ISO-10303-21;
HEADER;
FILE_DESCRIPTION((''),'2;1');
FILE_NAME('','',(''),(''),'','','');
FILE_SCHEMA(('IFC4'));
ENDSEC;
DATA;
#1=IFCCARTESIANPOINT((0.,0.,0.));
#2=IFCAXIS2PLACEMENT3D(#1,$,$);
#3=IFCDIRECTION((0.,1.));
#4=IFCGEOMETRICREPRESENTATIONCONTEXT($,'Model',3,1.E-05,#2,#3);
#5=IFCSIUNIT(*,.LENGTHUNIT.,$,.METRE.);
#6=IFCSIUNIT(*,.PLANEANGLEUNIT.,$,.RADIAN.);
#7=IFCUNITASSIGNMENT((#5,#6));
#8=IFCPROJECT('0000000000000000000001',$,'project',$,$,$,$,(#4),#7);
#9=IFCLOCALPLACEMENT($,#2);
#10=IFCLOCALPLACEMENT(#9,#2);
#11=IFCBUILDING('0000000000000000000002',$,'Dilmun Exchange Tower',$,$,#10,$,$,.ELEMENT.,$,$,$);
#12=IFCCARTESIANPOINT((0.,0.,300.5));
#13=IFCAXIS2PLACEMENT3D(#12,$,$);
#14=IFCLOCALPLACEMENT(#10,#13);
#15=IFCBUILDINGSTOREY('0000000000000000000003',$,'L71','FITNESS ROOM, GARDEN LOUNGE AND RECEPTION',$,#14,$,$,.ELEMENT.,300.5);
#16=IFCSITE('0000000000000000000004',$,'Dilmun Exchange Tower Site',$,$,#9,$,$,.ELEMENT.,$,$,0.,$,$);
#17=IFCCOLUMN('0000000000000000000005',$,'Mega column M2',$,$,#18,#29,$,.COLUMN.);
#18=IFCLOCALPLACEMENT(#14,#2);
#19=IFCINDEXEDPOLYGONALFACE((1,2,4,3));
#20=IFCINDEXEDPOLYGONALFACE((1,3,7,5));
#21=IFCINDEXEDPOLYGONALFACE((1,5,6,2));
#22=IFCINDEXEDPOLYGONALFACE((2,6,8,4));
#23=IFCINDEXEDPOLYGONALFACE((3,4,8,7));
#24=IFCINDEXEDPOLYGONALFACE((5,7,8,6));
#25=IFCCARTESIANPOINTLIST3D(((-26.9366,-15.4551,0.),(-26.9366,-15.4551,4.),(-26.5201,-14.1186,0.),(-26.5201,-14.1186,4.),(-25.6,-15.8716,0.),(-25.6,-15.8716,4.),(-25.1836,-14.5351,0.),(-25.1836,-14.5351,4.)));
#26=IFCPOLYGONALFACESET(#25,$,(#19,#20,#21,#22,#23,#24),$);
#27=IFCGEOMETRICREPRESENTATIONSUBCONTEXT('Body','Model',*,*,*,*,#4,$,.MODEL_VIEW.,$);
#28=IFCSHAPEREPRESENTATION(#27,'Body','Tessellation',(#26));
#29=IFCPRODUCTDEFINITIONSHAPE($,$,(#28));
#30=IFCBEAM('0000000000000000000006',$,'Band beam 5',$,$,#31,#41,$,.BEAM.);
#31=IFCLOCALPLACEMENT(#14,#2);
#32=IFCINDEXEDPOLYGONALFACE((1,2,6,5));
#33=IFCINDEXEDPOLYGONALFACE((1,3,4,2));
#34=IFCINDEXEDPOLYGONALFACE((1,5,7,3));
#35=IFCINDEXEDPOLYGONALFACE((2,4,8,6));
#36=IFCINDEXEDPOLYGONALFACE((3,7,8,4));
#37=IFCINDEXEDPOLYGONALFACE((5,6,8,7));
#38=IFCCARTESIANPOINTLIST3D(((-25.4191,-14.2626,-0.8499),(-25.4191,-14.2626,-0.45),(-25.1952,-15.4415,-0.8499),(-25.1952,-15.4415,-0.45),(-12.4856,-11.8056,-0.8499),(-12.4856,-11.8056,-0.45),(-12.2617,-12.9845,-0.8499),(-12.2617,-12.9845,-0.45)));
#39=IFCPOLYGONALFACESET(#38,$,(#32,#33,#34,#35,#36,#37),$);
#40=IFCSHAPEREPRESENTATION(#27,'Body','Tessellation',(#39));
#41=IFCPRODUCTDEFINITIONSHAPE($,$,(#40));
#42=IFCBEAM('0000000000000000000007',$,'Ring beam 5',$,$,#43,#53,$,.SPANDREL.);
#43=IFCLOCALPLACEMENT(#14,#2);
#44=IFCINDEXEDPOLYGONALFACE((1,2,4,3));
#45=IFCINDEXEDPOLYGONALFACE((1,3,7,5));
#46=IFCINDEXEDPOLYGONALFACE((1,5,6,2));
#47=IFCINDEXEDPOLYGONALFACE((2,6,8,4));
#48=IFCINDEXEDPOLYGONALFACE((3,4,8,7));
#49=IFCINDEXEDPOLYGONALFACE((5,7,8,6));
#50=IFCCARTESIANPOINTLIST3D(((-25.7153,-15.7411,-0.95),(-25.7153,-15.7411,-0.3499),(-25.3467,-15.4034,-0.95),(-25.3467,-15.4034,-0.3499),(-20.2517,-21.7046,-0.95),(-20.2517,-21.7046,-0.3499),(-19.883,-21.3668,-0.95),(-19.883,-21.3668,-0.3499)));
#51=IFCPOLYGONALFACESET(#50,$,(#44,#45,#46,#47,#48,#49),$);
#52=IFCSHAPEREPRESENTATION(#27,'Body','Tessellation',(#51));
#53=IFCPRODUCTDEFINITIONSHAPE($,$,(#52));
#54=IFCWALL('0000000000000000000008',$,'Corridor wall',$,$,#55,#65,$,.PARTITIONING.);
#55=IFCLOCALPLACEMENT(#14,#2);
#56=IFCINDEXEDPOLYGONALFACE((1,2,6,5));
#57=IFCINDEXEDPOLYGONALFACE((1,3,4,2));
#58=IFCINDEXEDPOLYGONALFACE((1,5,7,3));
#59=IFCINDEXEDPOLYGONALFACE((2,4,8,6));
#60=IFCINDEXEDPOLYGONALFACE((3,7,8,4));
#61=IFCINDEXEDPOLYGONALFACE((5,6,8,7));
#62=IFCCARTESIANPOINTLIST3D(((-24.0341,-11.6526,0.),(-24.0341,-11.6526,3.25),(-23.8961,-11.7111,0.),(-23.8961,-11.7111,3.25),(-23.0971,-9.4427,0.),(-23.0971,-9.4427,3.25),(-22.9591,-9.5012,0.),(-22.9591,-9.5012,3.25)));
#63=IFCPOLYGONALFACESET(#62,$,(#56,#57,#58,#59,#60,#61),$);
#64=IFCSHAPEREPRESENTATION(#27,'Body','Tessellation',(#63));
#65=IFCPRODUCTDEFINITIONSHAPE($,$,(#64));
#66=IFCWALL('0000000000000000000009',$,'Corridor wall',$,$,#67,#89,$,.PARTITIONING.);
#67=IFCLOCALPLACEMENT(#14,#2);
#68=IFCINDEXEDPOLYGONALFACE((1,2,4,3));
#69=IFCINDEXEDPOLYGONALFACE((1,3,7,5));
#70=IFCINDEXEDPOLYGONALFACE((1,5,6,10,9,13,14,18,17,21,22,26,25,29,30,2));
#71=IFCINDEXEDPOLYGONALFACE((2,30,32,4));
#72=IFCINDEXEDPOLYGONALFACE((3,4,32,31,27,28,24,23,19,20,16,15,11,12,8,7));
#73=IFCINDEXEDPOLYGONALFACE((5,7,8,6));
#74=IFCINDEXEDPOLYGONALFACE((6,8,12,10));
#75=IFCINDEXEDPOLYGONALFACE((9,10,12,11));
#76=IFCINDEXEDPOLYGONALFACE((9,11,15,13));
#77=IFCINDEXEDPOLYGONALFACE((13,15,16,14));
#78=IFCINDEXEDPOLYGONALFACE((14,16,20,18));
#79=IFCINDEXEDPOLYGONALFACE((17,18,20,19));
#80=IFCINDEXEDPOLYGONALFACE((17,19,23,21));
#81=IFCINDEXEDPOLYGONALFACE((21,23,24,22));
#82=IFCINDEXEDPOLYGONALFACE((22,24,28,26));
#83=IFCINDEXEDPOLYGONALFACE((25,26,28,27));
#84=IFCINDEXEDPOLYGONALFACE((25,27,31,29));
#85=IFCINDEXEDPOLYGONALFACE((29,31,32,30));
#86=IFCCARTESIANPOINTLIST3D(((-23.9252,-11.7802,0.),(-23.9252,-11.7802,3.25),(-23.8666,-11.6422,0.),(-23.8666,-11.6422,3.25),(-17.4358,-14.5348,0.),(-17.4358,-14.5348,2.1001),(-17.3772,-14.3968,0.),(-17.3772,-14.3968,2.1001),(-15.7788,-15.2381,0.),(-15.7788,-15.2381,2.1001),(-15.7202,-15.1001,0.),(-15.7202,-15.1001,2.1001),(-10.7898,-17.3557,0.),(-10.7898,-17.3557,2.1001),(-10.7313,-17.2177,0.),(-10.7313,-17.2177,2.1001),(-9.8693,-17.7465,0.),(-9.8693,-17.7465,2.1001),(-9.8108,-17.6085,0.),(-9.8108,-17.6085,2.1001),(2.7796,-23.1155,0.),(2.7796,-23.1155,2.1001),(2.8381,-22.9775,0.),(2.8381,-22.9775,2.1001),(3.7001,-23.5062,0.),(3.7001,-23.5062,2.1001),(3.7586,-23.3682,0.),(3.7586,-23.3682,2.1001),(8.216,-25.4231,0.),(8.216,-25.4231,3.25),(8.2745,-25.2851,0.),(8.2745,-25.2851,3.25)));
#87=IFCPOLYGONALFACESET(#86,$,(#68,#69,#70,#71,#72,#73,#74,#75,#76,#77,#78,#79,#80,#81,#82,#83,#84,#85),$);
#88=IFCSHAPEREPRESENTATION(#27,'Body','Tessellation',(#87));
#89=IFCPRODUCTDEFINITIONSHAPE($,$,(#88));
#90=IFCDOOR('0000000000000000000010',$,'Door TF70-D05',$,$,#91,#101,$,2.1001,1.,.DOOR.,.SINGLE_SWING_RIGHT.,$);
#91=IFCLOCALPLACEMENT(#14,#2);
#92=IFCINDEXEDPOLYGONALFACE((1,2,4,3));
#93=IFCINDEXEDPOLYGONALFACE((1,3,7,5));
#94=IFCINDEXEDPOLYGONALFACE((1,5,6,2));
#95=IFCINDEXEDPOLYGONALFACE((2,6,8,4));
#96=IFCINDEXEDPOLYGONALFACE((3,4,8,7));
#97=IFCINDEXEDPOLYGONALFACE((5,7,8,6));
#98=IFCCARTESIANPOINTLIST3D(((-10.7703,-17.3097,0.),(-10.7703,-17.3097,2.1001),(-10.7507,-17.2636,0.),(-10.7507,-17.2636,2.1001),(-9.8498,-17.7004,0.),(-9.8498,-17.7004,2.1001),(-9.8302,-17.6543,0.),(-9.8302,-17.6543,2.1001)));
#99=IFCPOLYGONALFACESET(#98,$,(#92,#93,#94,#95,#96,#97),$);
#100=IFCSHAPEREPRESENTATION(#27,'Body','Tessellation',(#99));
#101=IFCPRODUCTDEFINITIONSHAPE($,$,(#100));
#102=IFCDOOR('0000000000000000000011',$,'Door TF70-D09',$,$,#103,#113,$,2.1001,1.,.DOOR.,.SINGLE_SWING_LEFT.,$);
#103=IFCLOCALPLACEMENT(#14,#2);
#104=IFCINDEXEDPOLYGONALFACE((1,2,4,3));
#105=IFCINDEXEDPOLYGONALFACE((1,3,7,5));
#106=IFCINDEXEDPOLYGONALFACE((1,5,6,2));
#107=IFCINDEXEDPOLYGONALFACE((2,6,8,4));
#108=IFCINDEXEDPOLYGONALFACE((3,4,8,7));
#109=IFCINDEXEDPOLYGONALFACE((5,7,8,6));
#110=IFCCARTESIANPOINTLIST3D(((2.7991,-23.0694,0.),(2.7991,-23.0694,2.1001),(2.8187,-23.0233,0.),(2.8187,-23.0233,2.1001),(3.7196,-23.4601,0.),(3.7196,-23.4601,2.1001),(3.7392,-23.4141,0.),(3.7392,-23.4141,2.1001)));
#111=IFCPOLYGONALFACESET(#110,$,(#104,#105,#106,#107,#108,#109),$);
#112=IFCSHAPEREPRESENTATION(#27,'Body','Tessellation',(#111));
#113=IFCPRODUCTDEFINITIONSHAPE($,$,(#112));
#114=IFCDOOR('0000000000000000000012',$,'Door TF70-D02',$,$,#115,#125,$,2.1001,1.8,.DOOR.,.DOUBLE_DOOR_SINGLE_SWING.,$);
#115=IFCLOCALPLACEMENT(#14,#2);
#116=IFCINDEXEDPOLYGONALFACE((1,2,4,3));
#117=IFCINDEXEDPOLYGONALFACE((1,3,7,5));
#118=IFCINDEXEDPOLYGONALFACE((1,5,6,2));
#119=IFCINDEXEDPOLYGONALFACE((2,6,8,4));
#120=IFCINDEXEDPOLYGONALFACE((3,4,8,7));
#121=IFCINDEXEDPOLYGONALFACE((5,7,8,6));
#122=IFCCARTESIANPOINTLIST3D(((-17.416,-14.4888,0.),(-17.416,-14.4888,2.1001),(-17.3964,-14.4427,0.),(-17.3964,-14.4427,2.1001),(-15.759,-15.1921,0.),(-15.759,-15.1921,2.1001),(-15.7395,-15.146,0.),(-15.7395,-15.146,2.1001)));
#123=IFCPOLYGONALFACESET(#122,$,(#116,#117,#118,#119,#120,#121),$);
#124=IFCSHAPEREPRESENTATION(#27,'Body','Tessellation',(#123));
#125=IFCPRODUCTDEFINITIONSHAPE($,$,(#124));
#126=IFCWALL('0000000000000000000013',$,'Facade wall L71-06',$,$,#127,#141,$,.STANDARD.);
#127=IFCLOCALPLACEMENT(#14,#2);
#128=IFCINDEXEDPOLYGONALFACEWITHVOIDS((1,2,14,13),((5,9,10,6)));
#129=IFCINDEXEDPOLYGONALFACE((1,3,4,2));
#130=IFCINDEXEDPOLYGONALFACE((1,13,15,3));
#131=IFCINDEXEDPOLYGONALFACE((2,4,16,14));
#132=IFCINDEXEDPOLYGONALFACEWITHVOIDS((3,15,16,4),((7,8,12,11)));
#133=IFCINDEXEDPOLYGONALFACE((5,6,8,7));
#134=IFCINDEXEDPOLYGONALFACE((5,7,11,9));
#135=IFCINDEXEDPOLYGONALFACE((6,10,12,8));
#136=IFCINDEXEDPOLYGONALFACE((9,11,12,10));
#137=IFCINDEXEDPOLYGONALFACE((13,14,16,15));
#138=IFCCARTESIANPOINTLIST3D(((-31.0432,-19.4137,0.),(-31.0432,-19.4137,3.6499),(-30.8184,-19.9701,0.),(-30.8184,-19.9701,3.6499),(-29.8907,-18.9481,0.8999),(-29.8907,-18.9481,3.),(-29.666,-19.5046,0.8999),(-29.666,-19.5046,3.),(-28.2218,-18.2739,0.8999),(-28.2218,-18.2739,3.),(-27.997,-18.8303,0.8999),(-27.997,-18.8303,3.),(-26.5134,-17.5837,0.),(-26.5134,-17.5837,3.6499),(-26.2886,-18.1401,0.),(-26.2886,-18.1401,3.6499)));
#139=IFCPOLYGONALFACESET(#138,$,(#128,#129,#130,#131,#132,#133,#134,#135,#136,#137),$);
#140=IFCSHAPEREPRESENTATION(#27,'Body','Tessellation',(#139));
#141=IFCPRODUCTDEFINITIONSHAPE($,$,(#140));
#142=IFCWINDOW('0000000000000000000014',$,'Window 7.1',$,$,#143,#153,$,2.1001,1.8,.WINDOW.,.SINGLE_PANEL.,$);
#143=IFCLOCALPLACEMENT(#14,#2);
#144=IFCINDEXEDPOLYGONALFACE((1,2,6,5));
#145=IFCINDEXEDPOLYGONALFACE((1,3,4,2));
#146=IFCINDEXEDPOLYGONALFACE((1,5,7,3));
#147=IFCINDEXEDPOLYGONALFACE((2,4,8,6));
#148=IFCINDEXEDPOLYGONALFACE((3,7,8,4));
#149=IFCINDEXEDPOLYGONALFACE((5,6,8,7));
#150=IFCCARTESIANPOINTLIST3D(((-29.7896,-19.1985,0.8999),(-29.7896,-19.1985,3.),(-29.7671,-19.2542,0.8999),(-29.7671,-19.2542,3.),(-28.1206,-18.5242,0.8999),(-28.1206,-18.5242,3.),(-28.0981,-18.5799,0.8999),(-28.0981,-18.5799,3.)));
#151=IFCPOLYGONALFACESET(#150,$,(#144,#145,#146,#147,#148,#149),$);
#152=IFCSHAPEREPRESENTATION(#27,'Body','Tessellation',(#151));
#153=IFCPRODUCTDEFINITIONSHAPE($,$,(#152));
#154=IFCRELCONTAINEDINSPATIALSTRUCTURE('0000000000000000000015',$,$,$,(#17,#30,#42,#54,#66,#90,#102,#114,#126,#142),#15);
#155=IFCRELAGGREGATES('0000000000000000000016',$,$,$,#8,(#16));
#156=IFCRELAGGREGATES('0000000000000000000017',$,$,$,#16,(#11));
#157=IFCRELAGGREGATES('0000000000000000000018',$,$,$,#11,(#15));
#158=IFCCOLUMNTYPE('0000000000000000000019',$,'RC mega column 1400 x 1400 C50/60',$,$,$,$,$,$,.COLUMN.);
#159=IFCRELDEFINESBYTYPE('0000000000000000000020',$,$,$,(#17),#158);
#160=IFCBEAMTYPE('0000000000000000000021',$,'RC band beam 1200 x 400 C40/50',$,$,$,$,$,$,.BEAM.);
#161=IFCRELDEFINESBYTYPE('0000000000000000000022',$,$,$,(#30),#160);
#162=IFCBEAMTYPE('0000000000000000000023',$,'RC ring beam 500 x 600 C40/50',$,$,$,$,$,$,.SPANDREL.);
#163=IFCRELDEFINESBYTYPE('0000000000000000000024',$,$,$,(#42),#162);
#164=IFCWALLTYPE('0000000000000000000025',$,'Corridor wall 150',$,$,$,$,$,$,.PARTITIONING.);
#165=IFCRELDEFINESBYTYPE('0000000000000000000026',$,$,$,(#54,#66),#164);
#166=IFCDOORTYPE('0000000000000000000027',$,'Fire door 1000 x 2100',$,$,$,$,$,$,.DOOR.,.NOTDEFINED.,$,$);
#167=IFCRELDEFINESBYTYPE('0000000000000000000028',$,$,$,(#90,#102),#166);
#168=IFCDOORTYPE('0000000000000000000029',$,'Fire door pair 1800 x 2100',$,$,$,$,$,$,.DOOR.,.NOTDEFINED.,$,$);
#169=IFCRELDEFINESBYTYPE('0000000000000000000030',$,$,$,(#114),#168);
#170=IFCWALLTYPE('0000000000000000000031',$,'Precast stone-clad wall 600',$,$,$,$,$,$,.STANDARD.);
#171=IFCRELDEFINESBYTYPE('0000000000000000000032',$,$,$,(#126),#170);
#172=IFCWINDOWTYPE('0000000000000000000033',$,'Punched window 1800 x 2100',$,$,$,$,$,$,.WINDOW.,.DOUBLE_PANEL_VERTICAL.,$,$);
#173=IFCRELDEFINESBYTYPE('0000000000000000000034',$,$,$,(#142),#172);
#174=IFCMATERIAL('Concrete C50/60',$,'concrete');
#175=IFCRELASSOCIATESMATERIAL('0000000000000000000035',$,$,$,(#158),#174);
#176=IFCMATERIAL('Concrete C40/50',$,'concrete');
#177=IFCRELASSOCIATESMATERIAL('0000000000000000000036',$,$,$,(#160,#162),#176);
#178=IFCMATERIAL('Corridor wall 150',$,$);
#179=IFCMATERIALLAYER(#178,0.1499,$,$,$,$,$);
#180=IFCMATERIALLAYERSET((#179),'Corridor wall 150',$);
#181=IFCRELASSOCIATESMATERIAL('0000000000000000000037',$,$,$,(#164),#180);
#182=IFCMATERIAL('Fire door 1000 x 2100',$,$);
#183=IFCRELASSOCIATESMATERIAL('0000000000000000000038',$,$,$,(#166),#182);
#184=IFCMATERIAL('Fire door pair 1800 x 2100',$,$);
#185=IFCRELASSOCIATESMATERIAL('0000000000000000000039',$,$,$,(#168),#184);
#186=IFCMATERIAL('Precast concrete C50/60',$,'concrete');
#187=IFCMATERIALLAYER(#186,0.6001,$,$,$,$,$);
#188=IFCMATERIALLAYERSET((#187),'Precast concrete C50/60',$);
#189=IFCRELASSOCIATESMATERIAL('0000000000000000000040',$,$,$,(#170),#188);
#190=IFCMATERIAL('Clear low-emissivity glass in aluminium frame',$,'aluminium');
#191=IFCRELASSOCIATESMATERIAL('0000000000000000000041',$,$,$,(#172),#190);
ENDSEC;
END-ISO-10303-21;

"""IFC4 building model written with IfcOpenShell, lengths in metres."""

from ifc_helpers import new_model, si_unit, direction, frame, frame_2d, origin, origin_2d, place, context, subcontext, project, spatial, rectangle, extrude, material, layer, layer_set, material_profile, profile_set, type_object, element, fill, save


model = new_model("IFC4")

# Units and contexts
model_context = context("Model", 3, precision=1e-05, world=origin(), true_north=direction((0.0, 1.0)))
body_context = subcontext(model_context, "Body", "Model", "MODEL_VIEW")
ifc_project = project(units=[si_unit("LENGTHUNIT", "METRE"), si_unit("PLANEANGLEUNIT", "RADIAN")], contexts=[model_context])

# Site, building, storey
site_placement = place(None, origin())
site = spatial("IfcSite", under=ifc_project, at=site_placement, Name="Dilmun Exchange Tower Site", CompositionType="ELEMENT", RefElevation=0.0)
building_placement = place(site_placement, origin())
building = spatial("IfcBuilding", under=site, at=building_placement, Name="Dilmun Exchange Tower", CompositionType="ELEMENT")
storey_placement = place(building_placement, frame((0.0, 0.0, 300.5)))
storey = spatial("IfcBuildingStorey", under=building, at=storey_placement, Name="L71", Description="FITNESS ROOM, GARDEN LOUNGE AND RECEPTION", CompositionType="ELEMENT", Elevation=300.5)

# Column
ifc_material_1 = material(Name="Concrete C50/60", Category="concrete")
ifc_material_profile_1 = material_profile(ifc_material_1, rectangle(XDim=1.3999, YDim=1.3999, at=origin_2d()), Name="1400 x 1400")
ifc_profile_set_1 = profile_set([ifc_material_profile_1], Name="Concrete C50/60")
column_type = type_object("IfcColumnType", Name="RC mega column 1400 x 1400 C50/60", PredefinedType="COLUMN", material=ifc_profile_set_1)
column_placement = place(storey_placement, frame((-26.0601, -14.9951, 0.0), z_axis=(0.0, 0.0, 1.0), x_axis=(0.297503, 0.954721, 0.0)))
element("IfcColumn", 1, at=column_placement, inside=storey, type_object=column_type, Name="Mega column M2", PredefinedType="COLUMN", context=body_context, shape_type="SweptSolid", body=[
    extrude(rectangle(XDim=1.3999, YDim=1.3999, at=origin_2d()), origin(), (0.0, 0.0, 1.0), 4.0),
])

# Beams
ifc_material_2 = material(Name="Concrete C40/50", Category="concrete")
ifc_material_profile_2 = material_profile(ifc_material_2, rectangle(XDim=1.2, YDim=0.3999, at=origin_2d()), Name="1200 x 400")
ifc_profile_set_2 = profile_set([ifc_material_profile_2], Name="Concrete C40/50")
beam_type_1 = type_object("IfcBeamType", Name="RC band beam 1200 x 400 C40/50", PredefinedType="BEAM", material=ifc_profile_set_2)
beam_1_placement = place(storey_placement, frame((-25.3071, -14.8521, -0.6499), z_axis=(0.982429, 0.186635, 0.0), x_axis=(-0.186635, 0.982429, 0.0)))
element("IfcBeam", 2, at=beam_1_placement, inside=storey, type_object=beam_type_1, Name="Band beam 5", PredefinedType="BEAM", context=body_context, shape_type="SweptSolid", body=[
    extrude(rectangle(XDim=1.2, YDim=0.3999, at=origin_2d()), origin(), (0.0, 0.0, 1.0), 13.1648),
])
ifc_material_profile_3 = material_profile(ifc_material_2, rectangle(XDim=0.5, YDim=0.6001, at=origin_2d()), Name="500 x 600")
ifc_profile_set_3 = profile_set([ifc_material_profile_3], Name="Concrete C40/50")
beam_type_2 = type_object("IfcBeamType", Name="RC ring beam 500 x 600 C40/50", PredefinedType="SPANDREL", material=ifc_profile_set_3)
beam_2_placement = place(storey_placement, frame((-25.531, -15.5723, -0.6499), z_axis=(0.675536, -0.737327, 0.0), x_axis=(0.737327, 0.675536, 0.0)))
element("IfcBeam", 3, at=beam_2_placement, inside=storey, type_object=beam_type_2, Name="Ring beam 5", PredefinedType="SPANDREL", context=body_context, shape_type="SweptSolid", body=[
    extrude(rectangle(XDim=0.5, YDim=0.6001, at=origin_2d()), origin(), (0.0, 0.0, 1.0), 8.0879),
])

# Wall
ifc_material_3 = material(Name="Corridor wall 150")
ifc_layer_1 = layer(ifc_material_3, 0.1499)
ifc_layer_set_1 = layer_set([ifc_layer_1], Name="Corridor wall 150")
wall_type_1 = type_object("IfcWallType", Name="Corridor wall 150", PredefinedType="PARTITIONING", material=ifc_layer_set_1)
wall_1_placement = place(storey_placement, frame((-23.9651, -11.6819, 0.0), z_axis=(0.0, 0.0, 1.0), x_axis=(0.390357, 0.920664, 0.0)))
element("IfcWall", 4, at=wall_1_placement, inside=storey, type_object=wall_type_1, Name="Corridor wall", PredefinedType="PARTITIONING", context=body_context, shape_type="SweptSolid", body=[
    extrude(rectangle(XDim=2.4004, YDim=0.1499, at=frame_2d((1.2002, 0.0))), origin(), (0.0, 0.0, 1.0), 3.25),
])

# Wall, openings, doors
wall_2_placement = place(storey_placement, frame((-23.896, -11.7112, 0.0), z_axis=(0.0, 0.0, 1.0), x_axis=(0.920508, -0.390725, 0.0)))
wall_2 = element("IfcWall", 5, at=wall_2_placement, inside=storey, type_object=wall_type_1, Name="Corridor wall", PredefinedType="PARTITIONING", context=body_context, shape_type="SweptSolid", body=[
    extrude(rectangle(XDim=34.9167, YDim=0.1499, at=frame_2d((17.4585, 0.0))), origin(), (0.0, 0.0, 1.0), 3.25),
])
opening_1_placement = place(wall_2_placement, frame((7.05, 0.0, 0.0)))
opening_1 = element("IfcOpeningElement", 6, at=opening_1_placement, cuts=wall_2, PredefinedType="OPENING", context=body_context, shape_type="SweptSolid", body=[
    extrude(rectangle(XDim=1.8, YDim=2.1001, at=frame_2d((0.8999, 1.05))), frame((0.0, 0.085, 0.0), z_axis=(0.0, -1.0, 0.0), x_axis=(1.0, 0.0, 0.0)), (0.0, 0.0, 1.0), 0.1699),
])
opening_2_placement = place(wall_2_placement, frame((14.2698, 0.0, 0.0)))
opening_2 = element("IfcOpeningElement", 7, at=opening_2_placement, cuts=wall_2, PredefinedType="OPENING", context=body_context, shape_type="SweptSolid", body=[
    extrude(rectangle(XDim=1.0, YDim=2.1001, at=frame_2d((0.5, 1.05))), frame((0.0, 0.085, 0.0), z_axis=(0.0, -1.0, 0.0), x_axis=(1.0, 0.0, 0.0)), (0.0, 0.0, 1.0), 0.1699),
])
opening_3_placement = place(wall_2_placement, frame((29.011, 0.0, 0.0)))
opening_3 = element("IfcOpeningElement", 8, at=opening_3_placement, cuts=wall_2, PredefinedType="OPENING", context=body_context, shape_type="SweptSolid", body=[
    extrude(rectangle(XDim=1.0, YDim=2.1001, at=frame_2d((0.5, 1.05))), frame((0.0, 0.085, 0.0), z_axis=(0.0, -1.0, 0.0), x_axis=(1.0, 0.0, 0.0)), (0.0, 0.0, 1.0), 0.1699),
])
ifc_material_4 = material(Name="Fire door 1000 x 2100")
door_type_1 = type_object("IfcDoorType", Name="Fire door 1000 x 2100", OperationType="NOTDEFINED", PredefinedType="DOOR", material=ifc_material_4)
door_1_placement = place(opening_2_placement, frame((1.0, 0.0, 0.0), z_axis=(0.0, 0.0, 1.0), x_axis=(-1.0, 0.0, 0.0)))
door_1 = element("IfcDoor", 9, at=door_1_placement, inside=storey, type_object=door_type_1, Name="Door TF70-D05", OperationType="SINGLE_SWING_RIGHT", OverallHeight=2.1001, OverallWidth=1.0, PredefinedType="DOOR", context=body_context, shape_type="SweptSolid", body=[
    extrude(rectangle(XDim=1.0, YDim=2.1001, at=frame_2d((0.5, 1.05))), frame((0.0, 0.0249, 0.0), z_axis=(0.0, -1.0, 0.0), x_axis=(1.0, 0.0, 0.0)), (0.0, 0.0, 1.0), 0.05),
])
fill(opening_2, door_1)
door_2_placement = place(opening_3_placement, frame((1.0, 0.0, 0.0), z_axis=(0.0, 0.0, 1.0), x_axis=(-1.0, 0.0, 0.0)))
door_2 = element("IfcDoor", 10, at=door_2_placement, inside=storey, type_object=door_type_1, Name="Door TF70-D09", OperationType="SINGLE_SWING_LEFT", OverallHeight=2.1001, OverallWidth=1.0, PredefinedType="DOOR", context=body_context, shape_type="SweptSolid", body=[
    extrude(rectangle(XDim=1.0, YDim=2.1001, at=frame_2d((0.5, 1.05))), frame((0.0, 0.0249, 0.0), z_axis=(0.0, -1.0, 0.0), x_axis=(1.0, 0.0, 0.0)), (0.0, 0.0, 1.0), 0.05),
])
fill(opening_3, door_2)
ifc_material_5 = material(Name="Fire door pair 1800 x 2100")
door_type_2 = type_object("IfcDoorType", Name="Fire door pair 1800 x 2100", OperationType="NOTDEFINED", PredefinedType="DOOR", material=ifc_material_5)
door_3_placement = place(opening_1_placement, frame((1.8, 0.0, 0.0), z_axis=(0.0, 0.0, 1.0), x_axis=(-1.0, 0.0, 0.0)))
door_3 = element("IfcDoor", 11, at=door_3_placement, inside=storey, type_object=door_type_2, Name="Door TF70-D02", OperationType="DOUBLE_DOOR_SINGLE_SWING", OverallHeight=2.1001, OverallWidth=1.8, PredefinedType="DOOR", context=body_context, shape_type="SweptSolid", body=[
    extrude(rectangle(XDim=1.8, YDim=2.1001, at=frame_2d((0.8999, 1.05))), frame((0.0, 0.0249, 0.0), z_axis=(0.0, -1.0, 0.0), x_axis=(1.0, 0.0, 0.0)), (0.0, 0.0, 1.0), 0.05),
])
fill(opening_1, door_3)

# Wall, opening, window
ifc_material_6 = material(Name="Precast concrete C50/60", Category="concrete")
ifc_layer_2 = layer(ifc_material_6, 0.6001)
ifc_layer_set_2 = layer_set([ifc_layer_2], Name="Precast concrete C50/60")
wall_type_2 = type_object("IfcWallType", Name="Precast stone-clad wall 600", PredefinedType="STANDARD", material=ifc_layer_set_2)
wall_3_placement = place(storey_placement, frame((-26.4009, -17.8618, 0.0), z_axis=(0.0, 0.0, 1.0), x_axis=(-0.927189, -0.374594, 0.0)))
wall_3 = element("IfcWall", 12, at=wall_3_placement, inside=storey, type_object=wall_type_2, Name="Facade wall L71-06", PredefinedType="STANDARD", context=body_context, shape_type="SweptSolid", body=[
    extrude(rectangle(XDim=4.8855, YDim=0.6001, at=frame_2d((2.4429, 0.0))), origin(), (0.0, 0.0, 1.0), 3.6499),
])
opening_4_placement = place(wall_3_placement, frame((1.8428, 0.0, 0.8999)))
opening_4 = element("IfcOpeningElement", 13, at=opening_4_placement, cuts=wall_3, PredefinedType="OPENING", context=body_context, shape_type="SweptSolid", body=[
    extrude(rectangle(XDim=1.8, YDim=2.1001, at=frame_2d((0.8999, 1.05))), frame((0.0, 0.3101, 0.0), z_axis=(0.0, -1.0, 0.0), x_axis=(1.0, 0.0, 0.0)), (0.0, 0.0, 1.0), 0.6201),
])
ifc_material_7 = material(Name="Clear low-emissivity glass in aluminium frame", Category="aluminium")
window_type_1 = type_object("IfcWindowType", Name="Punched window 1800 x 2100", PartitioningType="DOUBLE_PANEL_VERTICAL", PredefinedType="WINDOW", material=ifc_material_7)
window_1_placement = place(opening_4_placement, origin())
window_1 = element("IfcWindow", 14, at=window_1_placement, inside=storey, type_object=window_type_1, Name="Window 7.1", OverallHeight=2.1001, OverallWidth=1.8, PartitioningType="SINGLE_PANEL", PredefinedType="WINDOW", context=body_context, shape_type="SweptSolid", body=[
    extrude(rectangle(XDim=1.8, YDim=2.1001, at=frame_2d((0.8999, 1.05))), frame((0.0, 0.03, 0.0), z_axis=(0.0, -1.0, 0.0), x_axis=(1.0, 0.0, 0.0)), (0.0, 0.0, 1.0), 0.0601),
])
fill(opening_4, window_1)

save(model, "model.ifc")
